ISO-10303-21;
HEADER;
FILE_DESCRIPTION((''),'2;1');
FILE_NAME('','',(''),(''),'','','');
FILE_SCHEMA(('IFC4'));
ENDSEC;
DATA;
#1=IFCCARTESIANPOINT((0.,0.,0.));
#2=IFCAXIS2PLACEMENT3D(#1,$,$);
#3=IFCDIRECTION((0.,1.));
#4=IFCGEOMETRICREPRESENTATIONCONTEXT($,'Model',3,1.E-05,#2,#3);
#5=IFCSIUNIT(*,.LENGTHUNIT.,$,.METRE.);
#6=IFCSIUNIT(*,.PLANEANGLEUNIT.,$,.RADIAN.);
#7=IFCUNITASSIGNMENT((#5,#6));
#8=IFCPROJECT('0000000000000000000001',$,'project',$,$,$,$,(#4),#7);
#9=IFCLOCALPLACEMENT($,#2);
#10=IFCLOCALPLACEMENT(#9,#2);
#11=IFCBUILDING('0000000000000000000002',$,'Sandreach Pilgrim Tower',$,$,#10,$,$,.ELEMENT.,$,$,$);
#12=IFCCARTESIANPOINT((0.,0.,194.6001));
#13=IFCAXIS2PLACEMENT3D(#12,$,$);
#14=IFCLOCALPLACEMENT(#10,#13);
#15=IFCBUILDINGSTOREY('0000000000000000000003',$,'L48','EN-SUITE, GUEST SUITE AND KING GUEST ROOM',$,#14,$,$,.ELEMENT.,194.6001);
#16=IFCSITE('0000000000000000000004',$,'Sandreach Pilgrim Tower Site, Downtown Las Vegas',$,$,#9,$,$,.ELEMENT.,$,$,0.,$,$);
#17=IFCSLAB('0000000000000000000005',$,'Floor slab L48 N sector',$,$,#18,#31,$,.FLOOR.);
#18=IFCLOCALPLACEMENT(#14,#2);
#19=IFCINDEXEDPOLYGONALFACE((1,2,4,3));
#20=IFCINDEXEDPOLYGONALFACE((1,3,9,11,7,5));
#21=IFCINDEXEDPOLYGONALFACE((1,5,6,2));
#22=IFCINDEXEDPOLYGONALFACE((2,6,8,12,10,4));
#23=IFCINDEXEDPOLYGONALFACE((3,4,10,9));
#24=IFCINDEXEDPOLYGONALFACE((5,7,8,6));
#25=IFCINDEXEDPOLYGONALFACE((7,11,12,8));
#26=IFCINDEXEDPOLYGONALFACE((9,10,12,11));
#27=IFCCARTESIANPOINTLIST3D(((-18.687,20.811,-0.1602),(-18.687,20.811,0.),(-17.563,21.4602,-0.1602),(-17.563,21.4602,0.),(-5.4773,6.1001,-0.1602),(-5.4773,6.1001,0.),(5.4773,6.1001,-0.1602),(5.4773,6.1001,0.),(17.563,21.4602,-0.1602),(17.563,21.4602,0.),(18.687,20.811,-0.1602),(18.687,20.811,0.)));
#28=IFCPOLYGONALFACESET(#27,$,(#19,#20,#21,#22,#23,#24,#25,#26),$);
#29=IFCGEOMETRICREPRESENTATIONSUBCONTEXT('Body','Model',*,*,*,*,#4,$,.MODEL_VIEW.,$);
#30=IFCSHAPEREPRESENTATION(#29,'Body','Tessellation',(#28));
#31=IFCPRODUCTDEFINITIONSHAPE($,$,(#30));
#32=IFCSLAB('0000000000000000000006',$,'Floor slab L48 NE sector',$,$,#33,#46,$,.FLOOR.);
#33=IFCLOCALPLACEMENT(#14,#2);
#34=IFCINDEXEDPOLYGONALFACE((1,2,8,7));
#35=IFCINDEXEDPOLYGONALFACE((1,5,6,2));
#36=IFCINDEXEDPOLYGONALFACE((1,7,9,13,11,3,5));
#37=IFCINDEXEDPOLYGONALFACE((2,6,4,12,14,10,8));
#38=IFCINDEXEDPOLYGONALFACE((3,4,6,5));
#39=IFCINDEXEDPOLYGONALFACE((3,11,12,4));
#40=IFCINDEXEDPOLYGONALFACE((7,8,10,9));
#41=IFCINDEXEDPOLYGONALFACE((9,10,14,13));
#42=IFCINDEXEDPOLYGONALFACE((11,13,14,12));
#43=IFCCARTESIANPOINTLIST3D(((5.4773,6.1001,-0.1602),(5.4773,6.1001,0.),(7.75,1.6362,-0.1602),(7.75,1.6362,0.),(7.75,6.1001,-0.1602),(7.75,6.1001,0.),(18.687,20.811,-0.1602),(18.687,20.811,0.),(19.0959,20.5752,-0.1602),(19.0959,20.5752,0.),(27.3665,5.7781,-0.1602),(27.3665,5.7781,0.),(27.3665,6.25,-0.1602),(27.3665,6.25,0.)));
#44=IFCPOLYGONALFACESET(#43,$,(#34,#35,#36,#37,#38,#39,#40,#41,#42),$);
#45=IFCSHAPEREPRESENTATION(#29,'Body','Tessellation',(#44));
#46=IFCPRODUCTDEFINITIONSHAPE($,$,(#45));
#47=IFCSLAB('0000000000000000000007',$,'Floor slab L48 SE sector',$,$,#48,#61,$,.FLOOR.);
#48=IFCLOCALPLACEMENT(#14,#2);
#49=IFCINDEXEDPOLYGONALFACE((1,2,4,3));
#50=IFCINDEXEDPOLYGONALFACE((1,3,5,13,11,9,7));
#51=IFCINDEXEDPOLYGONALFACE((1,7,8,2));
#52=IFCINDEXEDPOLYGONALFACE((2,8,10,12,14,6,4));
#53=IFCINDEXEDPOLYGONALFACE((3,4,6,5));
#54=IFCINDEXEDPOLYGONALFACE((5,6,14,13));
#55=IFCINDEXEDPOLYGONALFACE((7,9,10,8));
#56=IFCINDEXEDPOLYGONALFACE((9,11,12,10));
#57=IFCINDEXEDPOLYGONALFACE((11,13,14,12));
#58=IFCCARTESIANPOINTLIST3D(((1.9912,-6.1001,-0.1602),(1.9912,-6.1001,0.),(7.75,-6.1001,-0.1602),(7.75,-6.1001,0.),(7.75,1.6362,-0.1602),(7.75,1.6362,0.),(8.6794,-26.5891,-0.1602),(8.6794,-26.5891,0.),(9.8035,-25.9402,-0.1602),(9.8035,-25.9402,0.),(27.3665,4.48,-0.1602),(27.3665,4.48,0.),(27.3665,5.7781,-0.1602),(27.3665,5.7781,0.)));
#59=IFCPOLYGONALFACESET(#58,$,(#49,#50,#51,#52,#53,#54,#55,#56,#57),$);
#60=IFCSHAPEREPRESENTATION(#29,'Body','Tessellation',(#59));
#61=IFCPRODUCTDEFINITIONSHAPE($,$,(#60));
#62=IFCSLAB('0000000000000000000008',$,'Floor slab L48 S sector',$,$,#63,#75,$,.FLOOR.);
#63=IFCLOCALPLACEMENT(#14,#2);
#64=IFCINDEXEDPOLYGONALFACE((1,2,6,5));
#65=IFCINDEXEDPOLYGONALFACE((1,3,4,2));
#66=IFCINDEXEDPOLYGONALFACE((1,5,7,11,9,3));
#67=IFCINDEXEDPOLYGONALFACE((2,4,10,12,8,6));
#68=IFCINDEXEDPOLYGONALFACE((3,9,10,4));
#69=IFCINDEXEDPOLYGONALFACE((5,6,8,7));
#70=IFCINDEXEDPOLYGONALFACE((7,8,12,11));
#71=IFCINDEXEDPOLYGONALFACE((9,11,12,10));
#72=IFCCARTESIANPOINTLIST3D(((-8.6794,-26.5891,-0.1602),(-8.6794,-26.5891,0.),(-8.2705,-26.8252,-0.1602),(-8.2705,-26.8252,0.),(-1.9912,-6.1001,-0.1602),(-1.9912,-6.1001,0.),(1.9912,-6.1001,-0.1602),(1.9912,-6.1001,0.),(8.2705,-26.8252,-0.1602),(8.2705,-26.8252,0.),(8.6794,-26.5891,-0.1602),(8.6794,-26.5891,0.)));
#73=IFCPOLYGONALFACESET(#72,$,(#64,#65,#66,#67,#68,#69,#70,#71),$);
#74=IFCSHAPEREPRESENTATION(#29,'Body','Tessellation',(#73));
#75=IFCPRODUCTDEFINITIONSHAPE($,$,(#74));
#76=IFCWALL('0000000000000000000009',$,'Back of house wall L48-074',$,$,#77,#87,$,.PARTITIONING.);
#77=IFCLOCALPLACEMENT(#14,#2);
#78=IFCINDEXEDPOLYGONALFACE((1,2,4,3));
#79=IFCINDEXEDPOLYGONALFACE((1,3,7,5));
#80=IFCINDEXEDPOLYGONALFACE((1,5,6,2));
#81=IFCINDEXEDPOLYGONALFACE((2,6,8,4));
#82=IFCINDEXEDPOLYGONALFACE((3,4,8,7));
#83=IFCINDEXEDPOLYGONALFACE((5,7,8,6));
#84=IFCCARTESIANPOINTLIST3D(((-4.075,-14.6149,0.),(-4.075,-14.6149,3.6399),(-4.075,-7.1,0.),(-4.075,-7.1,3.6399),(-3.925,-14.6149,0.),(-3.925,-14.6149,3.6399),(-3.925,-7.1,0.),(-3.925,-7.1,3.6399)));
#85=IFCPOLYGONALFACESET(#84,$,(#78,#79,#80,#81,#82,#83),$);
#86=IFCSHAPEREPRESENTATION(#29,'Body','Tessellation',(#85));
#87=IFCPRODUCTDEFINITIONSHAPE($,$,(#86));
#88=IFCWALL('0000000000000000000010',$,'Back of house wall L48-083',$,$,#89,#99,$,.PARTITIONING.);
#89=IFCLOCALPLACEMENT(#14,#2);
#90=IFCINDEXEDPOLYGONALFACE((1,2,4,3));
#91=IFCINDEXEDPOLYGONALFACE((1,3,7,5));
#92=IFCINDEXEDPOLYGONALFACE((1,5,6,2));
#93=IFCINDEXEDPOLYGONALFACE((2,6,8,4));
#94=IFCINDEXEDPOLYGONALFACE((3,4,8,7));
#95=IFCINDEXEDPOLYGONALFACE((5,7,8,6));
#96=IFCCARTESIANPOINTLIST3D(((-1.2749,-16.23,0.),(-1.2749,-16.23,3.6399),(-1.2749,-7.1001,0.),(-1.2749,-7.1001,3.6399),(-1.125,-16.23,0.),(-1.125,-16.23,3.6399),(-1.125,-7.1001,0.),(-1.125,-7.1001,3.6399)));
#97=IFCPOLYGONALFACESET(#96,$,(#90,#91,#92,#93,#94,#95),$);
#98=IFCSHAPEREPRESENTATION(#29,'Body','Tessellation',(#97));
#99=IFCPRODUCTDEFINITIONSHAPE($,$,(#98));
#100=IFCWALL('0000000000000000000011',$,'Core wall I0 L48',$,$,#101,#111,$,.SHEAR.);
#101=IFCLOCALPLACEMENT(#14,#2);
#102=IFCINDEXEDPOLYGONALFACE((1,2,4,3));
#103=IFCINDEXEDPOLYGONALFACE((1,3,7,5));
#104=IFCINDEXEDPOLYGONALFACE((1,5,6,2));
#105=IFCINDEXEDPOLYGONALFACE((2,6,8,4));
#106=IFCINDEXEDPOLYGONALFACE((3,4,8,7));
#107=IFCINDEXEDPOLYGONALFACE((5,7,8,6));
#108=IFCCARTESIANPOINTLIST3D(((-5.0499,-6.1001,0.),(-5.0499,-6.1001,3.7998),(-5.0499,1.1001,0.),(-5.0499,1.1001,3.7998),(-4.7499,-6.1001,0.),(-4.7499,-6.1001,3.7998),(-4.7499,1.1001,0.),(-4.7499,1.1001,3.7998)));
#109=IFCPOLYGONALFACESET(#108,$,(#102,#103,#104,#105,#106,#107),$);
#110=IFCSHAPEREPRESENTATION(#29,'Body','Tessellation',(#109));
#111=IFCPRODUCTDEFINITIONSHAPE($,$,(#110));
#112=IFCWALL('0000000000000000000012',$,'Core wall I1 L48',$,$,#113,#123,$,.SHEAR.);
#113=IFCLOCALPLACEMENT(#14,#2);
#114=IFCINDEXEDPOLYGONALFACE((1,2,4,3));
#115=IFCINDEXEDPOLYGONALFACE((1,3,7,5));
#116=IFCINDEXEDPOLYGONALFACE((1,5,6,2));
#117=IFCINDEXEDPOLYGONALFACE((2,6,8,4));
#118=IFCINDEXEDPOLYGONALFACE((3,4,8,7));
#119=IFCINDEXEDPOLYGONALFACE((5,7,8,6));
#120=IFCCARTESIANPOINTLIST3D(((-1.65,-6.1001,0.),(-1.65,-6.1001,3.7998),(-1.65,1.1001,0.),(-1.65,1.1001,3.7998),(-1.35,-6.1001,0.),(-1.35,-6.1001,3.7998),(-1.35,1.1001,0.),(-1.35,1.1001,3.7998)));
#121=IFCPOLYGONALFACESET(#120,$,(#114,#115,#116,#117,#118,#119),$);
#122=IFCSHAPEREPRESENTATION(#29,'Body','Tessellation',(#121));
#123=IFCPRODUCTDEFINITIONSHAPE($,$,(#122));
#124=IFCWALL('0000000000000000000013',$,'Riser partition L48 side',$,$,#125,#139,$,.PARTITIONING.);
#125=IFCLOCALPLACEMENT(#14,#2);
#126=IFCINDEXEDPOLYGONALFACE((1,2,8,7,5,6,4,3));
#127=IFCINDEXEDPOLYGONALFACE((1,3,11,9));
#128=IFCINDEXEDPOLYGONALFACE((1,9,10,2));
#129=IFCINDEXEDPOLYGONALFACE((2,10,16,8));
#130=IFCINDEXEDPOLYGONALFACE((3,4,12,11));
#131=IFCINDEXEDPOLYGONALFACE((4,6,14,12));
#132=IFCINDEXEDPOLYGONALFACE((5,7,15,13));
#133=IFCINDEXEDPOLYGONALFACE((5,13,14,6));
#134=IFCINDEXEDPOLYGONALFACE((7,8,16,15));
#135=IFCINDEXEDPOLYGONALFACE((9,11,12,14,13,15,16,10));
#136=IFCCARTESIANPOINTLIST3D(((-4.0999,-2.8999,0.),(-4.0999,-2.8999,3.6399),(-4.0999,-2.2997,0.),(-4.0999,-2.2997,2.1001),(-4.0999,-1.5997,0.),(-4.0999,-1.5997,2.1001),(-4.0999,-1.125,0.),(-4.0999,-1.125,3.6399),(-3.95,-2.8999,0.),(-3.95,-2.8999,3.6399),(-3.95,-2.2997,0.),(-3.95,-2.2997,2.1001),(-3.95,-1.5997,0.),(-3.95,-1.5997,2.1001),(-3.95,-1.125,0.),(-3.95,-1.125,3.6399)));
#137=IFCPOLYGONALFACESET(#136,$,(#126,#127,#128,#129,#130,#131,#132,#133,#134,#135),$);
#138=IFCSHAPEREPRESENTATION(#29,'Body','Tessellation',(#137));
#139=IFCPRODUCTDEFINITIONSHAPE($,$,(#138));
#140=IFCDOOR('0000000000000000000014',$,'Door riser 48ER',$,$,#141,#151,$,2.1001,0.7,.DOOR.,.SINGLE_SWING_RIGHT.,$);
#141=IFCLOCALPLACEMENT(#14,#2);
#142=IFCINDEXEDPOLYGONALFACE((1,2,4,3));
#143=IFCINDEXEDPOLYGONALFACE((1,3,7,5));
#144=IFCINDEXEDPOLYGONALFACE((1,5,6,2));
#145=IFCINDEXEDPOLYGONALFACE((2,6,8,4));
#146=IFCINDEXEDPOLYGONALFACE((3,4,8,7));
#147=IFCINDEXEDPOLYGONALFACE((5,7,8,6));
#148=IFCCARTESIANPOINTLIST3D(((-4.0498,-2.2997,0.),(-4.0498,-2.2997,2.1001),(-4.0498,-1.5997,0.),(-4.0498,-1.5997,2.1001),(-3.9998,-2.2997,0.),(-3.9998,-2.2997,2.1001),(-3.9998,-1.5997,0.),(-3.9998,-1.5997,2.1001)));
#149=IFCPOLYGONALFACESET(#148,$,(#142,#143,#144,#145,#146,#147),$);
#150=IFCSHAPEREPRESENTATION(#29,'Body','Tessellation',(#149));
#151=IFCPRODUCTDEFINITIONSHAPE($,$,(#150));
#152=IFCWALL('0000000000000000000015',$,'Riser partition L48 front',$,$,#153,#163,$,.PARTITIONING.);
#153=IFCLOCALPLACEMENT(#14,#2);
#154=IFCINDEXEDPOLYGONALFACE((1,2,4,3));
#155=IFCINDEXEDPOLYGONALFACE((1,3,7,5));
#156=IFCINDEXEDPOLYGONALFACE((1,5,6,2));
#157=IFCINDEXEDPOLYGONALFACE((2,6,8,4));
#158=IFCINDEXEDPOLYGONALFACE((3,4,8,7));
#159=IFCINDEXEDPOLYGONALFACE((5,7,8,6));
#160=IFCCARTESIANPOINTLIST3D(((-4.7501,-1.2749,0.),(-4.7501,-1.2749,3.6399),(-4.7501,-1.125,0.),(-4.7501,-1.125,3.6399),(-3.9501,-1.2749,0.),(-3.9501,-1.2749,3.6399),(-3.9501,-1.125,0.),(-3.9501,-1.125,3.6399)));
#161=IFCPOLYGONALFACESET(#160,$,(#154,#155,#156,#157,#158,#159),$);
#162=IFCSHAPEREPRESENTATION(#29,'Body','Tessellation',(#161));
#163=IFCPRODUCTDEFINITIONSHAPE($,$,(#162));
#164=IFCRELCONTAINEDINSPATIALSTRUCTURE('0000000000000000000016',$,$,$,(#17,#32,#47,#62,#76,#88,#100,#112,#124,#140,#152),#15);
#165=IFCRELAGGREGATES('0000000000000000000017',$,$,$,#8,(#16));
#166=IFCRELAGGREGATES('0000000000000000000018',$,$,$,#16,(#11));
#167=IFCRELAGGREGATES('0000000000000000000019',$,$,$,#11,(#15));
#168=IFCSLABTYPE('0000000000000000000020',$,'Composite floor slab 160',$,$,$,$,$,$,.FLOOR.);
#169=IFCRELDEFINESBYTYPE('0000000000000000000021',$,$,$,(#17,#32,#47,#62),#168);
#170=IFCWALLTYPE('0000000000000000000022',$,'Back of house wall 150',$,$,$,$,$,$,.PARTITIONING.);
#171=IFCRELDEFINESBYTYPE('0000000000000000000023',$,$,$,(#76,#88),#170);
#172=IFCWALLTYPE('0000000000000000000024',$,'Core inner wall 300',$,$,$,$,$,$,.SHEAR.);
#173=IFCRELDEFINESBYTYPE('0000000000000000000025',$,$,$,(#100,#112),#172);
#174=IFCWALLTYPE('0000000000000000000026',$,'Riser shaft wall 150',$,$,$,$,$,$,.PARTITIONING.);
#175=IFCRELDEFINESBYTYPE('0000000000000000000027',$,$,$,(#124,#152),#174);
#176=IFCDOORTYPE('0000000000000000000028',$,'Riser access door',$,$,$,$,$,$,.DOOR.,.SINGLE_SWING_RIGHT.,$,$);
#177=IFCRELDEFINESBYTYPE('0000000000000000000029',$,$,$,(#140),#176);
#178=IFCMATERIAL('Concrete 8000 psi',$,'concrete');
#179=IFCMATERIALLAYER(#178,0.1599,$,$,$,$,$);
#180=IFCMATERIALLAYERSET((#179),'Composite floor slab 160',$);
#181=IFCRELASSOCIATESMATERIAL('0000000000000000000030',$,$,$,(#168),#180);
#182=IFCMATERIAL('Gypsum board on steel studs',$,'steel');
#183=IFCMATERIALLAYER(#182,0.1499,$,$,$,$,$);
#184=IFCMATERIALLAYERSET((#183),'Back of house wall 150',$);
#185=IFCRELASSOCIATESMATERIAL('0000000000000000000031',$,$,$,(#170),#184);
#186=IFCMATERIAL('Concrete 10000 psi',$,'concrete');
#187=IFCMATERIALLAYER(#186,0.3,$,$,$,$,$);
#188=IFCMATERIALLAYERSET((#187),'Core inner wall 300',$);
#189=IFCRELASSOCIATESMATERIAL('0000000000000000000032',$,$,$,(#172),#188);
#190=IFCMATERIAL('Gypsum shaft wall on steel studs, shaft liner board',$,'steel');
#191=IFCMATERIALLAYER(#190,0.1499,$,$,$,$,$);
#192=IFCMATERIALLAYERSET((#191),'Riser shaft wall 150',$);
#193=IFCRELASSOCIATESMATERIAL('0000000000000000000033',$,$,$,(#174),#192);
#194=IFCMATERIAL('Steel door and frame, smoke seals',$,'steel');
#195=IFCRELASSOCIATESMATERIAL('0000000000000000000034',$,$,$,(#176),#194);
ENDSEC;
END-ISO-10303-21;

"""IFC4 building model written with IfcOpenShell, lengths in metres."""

from ifc_helpers import new_model, si_unit, direction, frame, frame_2d, origin, place, context, subcontext, project, spatial, polyline, rectangle, outline, extrude, material, layer, layer_set, type_object, element, fill, save


model = new_model("IFC4")

# Units and contexts
model_context = context("Model", 3, precision=1e-05, world=origin(), true_north=direction((0.0, 1.0)))
body_context = subcontext(model_context, "Body", "Model", "MODEL_VIEW")
ifc_project = project(units=[si_unit("LENGTHUNIT", "METRE"), si_unit("PLANEANGLEUNIT", "RADIAN")], contexts=[model_context])

# Site, building, storey
site_placement = place(None, origin())
site = spatial("IfcSite", under=ifc_project, at=site_placement, Name="Sandreach Pilgrim Tower Site, Downtown Las Vegas", CompositionType="ELEMENT", RefElevation=0.0)
building_placement = place(site_placement, origin())
building = spatial("IfcBuilding", under=site, at=building_placement, Name="Sandreach Pilgrim Tower", CompositionType="ELEMENT")
storey_placement = place(building_placement, frame((0.0, 0.0, 194.6001)))
storey = spatial("IfcBuildingStorey", under=building, at=storey_placement, Name="L48", Description="EN-SUITE, GUEST SUITE AND KING GUEST ROOM", CompositionType="ELEMENT", Elevation=194.6001)

# Slabs
ifc_material_1 = material(Name="Concrete 8000 psi", Category="concrete")
ifc_layer_1 = layer(ifc_material_1, 0.1599)
ifc_layer_set_1 = layer_set([ifc_layer_1], Name="Composite floor slab 160")
slab_type = type_object("IfcSlabType", Name="Composite floor slab 160", PredefinedType="FLOOR", material=ifc_layer_set_1)
slab_1_placement = place(storey_placement, frame((0.0, 0.0, -0.1602)))
element("IfcSlab", 1, at=slab_1_placement, inside=storey, type_object=slab_type, Name="Floor slab L48 N sector", PredefinedType="FLOOR", context=body_context, shape_type="SweptSolid", body=[
    extrude(outline(polyline([(-17.563, 21.4602), (17.563, 21.4602), (18.687, 20.811), (5.4773, 6.1001), (-5.4773, 6.1001), (-18.687, 20.811), (-17.563, 21.4602)])), origin(), (0.0, 0.0, 1.0), 0.1602),
])
slab_2_placement = place(storey_placement, frame((0.0, 0.0, -0.1602)))
element("IfcSlab", 2, at=slab_2_placement, inside=storey, type_object=slab_type, Name="Floor slab L48 NE sector", PredefinedType="FLOOR", context=body_context, shape_type="SweptSolid", body=[
    extrude(outline(polyline([(19.0959, 20.5752), (27.3665, 6.25), (27.3665, 5.7781), (7.75, 1.6362), (7.75, 6.1001), (5.4773, 6.1001), (18.687, 20.811), (19.0959, 20.5752)])), origin(), (0.0, 0.0, 1.0), 0.1602),
])
slab_3_placement = place(storey_placement, frame((0.0, 0.0, -0.1602)))
element("IfcSlab", 3, at=slab_3_placement, inside=storey, type_object=slab_type, Name="Floor slab L48 SE sector", PredefinedType="FLOOR", context=body_context, shape_type="SweptSolid", body=[
    extrude(outline(polyline([(27.3665, 4.48), (9.8035, -25.9402), (8.6794, -26.5891), (1.9912, -6.1001), (7.75, -6.1001), (7.75, 1.6362), (27.3665, 5.7781), (27.3665, 4.48)])), origin(), (0.0, 0.0, 1.0), 0.1602),
])
slab_4_placement = place(storey_placement, frame((0.0, 0.0, -0.1602)))
element("IfcSlab", 4, at=slab_4_placement, inside=storey, type_object=slab_type, Name="Floor slab L48 S sector", PredefinedType="FLOOR", context=body_context, shape_type="SweptSolid", body=[
    extrude(outline(polyline([(8.2705, -26.8252), (-8.2705, -26.8252), (-8.6794, -26.5891), (-1.9912, -6.1001), (1.9912, -6.1001), (8.6794, -26.5891), (8.2705, -26.8252)])), origin(), (0.0, 0.0, 1.0), 0.1602),
])

# Walls
ifc_material_2 = material(Name="Gypsum board on steel studs", Category="steel")
ifc_layer_2 = layer(ifc_material_2, 0.1499)
ifc_layer_set_2 = layer_set([ifc_layer_2], Name="Back of house wall 150")
wall_type_1 = type_object("IfcWallType", Name="Back of house wall 150", PredefinedType="PARTITIONING", material=ifc_layer_set_2)
wall_1_placement = place(storey_placement, frame((-4.0, -7.1001, 0.0), z_axis=(0.0, 0.0, 1.0), x_axis=(0.0, -1.0, 0.0)))
element("IfcWall", 5, at=wall_1_placement, inside=storey, type_object=wall_type_1, Name="Back of house wall L48-074", PredefinedType="PARTITIONING", context=body_context, shape_type="SweptSolid", body=[
    extrude(rectangle(XDim=7.5149, YDim=0.1499, at=frame_2d((3.7573, 0.0))), origin(), (0.0, 0.0, 1.0), 3.6399),
])
wall_2_placement = place(storey_placement, frame((-1.2, -7.1001, 0.0), z_axis=(0.0, 0.0, 1.0), x_axis=(0.0, -1.0, 0.0)))
element("IfcWall", 6, at=wall_2_placement, inside=storey, type_object=wall_type_1, Name="Back of house wall L48-083", PredefinedType="PARTITIONING", context=body_context, shape_type="SweptSolid", body=[
    extrude(rectangle(XDim=9.1299, YDim=0.1499, at=frame_2d((4.5649, 0.0))), origin(), (0.0, 0.0, 1.0), 3.6399),
])
ifc_material_3 = material(Name="Concrete 10000 psi", Category="concrete")
ifc_layer_3 = layer(ifc_material_3, 0.3)
ifc_layer_set_3 = layer_set([ifc_layer_3], Name="Core inner wall 300")
wall_type_2 = type_object("IfcWallType", Name="Core inner wall 300", PredefinedType="SHEAR", material=ifc_layer_set_3)
for number, where, z_axis, x_axis, name in (
    (7, (-4.8999, -6.1001, 0.0), (0.0, 0.0, 1.0), (0.0, 1.0, 0.0), "Core wall I0 L48"),
    (8, (-1.5, -6.1001, 0.0), (0.0, 0.0, 1.0), (0.0, 1.0, 0.0), "Core wall I1 L48"),
):
    element("IfcWall", number, at=place(storey_placement, frame(where, z_axis=z_axis, x_axis=x_axis)), inside=storey, type_object=wall_type_2, Name=name, PredefinedType="SHEAR", context=body_context, shape_type="SweptSolid", body=[
        extrude(rectangle(XDim=7.2002, YDim=0.3, at=frame_2d((3.6001, 0.0))), origin(), (0.0, 0.0, 1.0), 3.7998),
    ])

# Wall, opening, door
ifc_material_4 = material(Name="Gypsum shaft wall on steel studs, shaft liner board", Category="steel")
ifc_layer_4 = layer(ifc_material_4, 0.1499)
ifc_layer_set_4 = layer_set([ifc_layer_4], Name="Riser shaft wall 150")
wall_type_3 = type_object("IfcWallType", Name="Riser shaft wall 150", PredefinedType="PARTITIONING", material=ifc_layer_set_4)
wall_3_placement = place(storey_placement, frame((-4.0249, -2.8999, 0.0), z_axis=(0.0, 0.0, 1.0), x_axis=(0.0, 1.0, 0.0)))
wall_3 = element("IfcWall", 9, at=wall_3_placement, inside=storey, type_object=wall_type_3, Name="Riser partition L48 side", PredefinedType="PARTITIONING", context=body_context, shape_type="SweptSolid", body=[
    extrude(rectangle(XDim=1.7749, YDim=0.1499, at=frame_2d((0.8875, 0.0))), origin(), (0.0, 0.0, 1.0), 3.6399),
])
opening_1_placement = place(wall_3_placement, frame((0.6001, 0.0, 0.0)))
opening_1 = element("IfcOpeningElement", 10, at=opening_1_placement, cuts=wall_3, PredefinedType="OPENING", context=body_context, shape_type="SweptSolid", body=[
    extrude(rectangle(XDim=0.7, YDim=2.1001, at=frame_2d((0.3501, 1.05))), frame((0.0, 0.075, 0.0), z_axis=(0.0, -1.0, 0.0), x_axis=(1.0, 0.0, 0.0)), (0.0, 0.0, 1.0), 0.1499),
])
ifc_material_5 = material(Name="Steel door and frame, smoke seals", Category="steel")
door_type_1 = type_object("IfcDoorType", Name="Riser access door", OperationType="SINGLE_SWING_RIGHT", PredefinedType="DOOR", material=ifc_material_5)
door_1_placement = place(opening_1_placement, origin())
door_1 = element("IfcDoor", 11, at=door_1_placement, inside=storey, type_object=door_type_1, Name="Door riser 48ER", OperationType="SINGLE_SWING_RIGHT", OverallHeight=2.1001, OverallWidth=0.7, PredefinedType="DOOR", context=body_context, shape_type="SweptSolid", body=[
    extrude(rectangle(XDim=0.7, YDim=2.1001, at=frame_2d((0.3501, 1.05))), frame((0.0, 0.0249, 0.0), z_axis=(0.0, -1.0, 0.0), x_axis=(1.0, 0.0, 0.0)), (0.0, 0.0, 1.0), 0.05),
])
fill(opening_1, door_1)

# Wall
wall_4_placement = place(storey_placement, frame((-4.75, -1.2, 0.0), z_axis=(0.0, 0.0, 1.0), x_axis=(1.0, 0.0, 0.0)))
element("IfcWall", 12, at=wall_4_placement, inside=storey, type_object=wall_type_3, Name="Riser partition L48 front", PredefinedType="PARTITIONING", context=body_context, shape_type="SweptSolid", body=[
    extrude(rectangle(XDim=0.8, YDim=0.1499, at=frame_2d((0.3999, 0.0))), origin(), (0.0, 0.0, 1.0), 3.6399),
])

save(model, "model.ifc")
